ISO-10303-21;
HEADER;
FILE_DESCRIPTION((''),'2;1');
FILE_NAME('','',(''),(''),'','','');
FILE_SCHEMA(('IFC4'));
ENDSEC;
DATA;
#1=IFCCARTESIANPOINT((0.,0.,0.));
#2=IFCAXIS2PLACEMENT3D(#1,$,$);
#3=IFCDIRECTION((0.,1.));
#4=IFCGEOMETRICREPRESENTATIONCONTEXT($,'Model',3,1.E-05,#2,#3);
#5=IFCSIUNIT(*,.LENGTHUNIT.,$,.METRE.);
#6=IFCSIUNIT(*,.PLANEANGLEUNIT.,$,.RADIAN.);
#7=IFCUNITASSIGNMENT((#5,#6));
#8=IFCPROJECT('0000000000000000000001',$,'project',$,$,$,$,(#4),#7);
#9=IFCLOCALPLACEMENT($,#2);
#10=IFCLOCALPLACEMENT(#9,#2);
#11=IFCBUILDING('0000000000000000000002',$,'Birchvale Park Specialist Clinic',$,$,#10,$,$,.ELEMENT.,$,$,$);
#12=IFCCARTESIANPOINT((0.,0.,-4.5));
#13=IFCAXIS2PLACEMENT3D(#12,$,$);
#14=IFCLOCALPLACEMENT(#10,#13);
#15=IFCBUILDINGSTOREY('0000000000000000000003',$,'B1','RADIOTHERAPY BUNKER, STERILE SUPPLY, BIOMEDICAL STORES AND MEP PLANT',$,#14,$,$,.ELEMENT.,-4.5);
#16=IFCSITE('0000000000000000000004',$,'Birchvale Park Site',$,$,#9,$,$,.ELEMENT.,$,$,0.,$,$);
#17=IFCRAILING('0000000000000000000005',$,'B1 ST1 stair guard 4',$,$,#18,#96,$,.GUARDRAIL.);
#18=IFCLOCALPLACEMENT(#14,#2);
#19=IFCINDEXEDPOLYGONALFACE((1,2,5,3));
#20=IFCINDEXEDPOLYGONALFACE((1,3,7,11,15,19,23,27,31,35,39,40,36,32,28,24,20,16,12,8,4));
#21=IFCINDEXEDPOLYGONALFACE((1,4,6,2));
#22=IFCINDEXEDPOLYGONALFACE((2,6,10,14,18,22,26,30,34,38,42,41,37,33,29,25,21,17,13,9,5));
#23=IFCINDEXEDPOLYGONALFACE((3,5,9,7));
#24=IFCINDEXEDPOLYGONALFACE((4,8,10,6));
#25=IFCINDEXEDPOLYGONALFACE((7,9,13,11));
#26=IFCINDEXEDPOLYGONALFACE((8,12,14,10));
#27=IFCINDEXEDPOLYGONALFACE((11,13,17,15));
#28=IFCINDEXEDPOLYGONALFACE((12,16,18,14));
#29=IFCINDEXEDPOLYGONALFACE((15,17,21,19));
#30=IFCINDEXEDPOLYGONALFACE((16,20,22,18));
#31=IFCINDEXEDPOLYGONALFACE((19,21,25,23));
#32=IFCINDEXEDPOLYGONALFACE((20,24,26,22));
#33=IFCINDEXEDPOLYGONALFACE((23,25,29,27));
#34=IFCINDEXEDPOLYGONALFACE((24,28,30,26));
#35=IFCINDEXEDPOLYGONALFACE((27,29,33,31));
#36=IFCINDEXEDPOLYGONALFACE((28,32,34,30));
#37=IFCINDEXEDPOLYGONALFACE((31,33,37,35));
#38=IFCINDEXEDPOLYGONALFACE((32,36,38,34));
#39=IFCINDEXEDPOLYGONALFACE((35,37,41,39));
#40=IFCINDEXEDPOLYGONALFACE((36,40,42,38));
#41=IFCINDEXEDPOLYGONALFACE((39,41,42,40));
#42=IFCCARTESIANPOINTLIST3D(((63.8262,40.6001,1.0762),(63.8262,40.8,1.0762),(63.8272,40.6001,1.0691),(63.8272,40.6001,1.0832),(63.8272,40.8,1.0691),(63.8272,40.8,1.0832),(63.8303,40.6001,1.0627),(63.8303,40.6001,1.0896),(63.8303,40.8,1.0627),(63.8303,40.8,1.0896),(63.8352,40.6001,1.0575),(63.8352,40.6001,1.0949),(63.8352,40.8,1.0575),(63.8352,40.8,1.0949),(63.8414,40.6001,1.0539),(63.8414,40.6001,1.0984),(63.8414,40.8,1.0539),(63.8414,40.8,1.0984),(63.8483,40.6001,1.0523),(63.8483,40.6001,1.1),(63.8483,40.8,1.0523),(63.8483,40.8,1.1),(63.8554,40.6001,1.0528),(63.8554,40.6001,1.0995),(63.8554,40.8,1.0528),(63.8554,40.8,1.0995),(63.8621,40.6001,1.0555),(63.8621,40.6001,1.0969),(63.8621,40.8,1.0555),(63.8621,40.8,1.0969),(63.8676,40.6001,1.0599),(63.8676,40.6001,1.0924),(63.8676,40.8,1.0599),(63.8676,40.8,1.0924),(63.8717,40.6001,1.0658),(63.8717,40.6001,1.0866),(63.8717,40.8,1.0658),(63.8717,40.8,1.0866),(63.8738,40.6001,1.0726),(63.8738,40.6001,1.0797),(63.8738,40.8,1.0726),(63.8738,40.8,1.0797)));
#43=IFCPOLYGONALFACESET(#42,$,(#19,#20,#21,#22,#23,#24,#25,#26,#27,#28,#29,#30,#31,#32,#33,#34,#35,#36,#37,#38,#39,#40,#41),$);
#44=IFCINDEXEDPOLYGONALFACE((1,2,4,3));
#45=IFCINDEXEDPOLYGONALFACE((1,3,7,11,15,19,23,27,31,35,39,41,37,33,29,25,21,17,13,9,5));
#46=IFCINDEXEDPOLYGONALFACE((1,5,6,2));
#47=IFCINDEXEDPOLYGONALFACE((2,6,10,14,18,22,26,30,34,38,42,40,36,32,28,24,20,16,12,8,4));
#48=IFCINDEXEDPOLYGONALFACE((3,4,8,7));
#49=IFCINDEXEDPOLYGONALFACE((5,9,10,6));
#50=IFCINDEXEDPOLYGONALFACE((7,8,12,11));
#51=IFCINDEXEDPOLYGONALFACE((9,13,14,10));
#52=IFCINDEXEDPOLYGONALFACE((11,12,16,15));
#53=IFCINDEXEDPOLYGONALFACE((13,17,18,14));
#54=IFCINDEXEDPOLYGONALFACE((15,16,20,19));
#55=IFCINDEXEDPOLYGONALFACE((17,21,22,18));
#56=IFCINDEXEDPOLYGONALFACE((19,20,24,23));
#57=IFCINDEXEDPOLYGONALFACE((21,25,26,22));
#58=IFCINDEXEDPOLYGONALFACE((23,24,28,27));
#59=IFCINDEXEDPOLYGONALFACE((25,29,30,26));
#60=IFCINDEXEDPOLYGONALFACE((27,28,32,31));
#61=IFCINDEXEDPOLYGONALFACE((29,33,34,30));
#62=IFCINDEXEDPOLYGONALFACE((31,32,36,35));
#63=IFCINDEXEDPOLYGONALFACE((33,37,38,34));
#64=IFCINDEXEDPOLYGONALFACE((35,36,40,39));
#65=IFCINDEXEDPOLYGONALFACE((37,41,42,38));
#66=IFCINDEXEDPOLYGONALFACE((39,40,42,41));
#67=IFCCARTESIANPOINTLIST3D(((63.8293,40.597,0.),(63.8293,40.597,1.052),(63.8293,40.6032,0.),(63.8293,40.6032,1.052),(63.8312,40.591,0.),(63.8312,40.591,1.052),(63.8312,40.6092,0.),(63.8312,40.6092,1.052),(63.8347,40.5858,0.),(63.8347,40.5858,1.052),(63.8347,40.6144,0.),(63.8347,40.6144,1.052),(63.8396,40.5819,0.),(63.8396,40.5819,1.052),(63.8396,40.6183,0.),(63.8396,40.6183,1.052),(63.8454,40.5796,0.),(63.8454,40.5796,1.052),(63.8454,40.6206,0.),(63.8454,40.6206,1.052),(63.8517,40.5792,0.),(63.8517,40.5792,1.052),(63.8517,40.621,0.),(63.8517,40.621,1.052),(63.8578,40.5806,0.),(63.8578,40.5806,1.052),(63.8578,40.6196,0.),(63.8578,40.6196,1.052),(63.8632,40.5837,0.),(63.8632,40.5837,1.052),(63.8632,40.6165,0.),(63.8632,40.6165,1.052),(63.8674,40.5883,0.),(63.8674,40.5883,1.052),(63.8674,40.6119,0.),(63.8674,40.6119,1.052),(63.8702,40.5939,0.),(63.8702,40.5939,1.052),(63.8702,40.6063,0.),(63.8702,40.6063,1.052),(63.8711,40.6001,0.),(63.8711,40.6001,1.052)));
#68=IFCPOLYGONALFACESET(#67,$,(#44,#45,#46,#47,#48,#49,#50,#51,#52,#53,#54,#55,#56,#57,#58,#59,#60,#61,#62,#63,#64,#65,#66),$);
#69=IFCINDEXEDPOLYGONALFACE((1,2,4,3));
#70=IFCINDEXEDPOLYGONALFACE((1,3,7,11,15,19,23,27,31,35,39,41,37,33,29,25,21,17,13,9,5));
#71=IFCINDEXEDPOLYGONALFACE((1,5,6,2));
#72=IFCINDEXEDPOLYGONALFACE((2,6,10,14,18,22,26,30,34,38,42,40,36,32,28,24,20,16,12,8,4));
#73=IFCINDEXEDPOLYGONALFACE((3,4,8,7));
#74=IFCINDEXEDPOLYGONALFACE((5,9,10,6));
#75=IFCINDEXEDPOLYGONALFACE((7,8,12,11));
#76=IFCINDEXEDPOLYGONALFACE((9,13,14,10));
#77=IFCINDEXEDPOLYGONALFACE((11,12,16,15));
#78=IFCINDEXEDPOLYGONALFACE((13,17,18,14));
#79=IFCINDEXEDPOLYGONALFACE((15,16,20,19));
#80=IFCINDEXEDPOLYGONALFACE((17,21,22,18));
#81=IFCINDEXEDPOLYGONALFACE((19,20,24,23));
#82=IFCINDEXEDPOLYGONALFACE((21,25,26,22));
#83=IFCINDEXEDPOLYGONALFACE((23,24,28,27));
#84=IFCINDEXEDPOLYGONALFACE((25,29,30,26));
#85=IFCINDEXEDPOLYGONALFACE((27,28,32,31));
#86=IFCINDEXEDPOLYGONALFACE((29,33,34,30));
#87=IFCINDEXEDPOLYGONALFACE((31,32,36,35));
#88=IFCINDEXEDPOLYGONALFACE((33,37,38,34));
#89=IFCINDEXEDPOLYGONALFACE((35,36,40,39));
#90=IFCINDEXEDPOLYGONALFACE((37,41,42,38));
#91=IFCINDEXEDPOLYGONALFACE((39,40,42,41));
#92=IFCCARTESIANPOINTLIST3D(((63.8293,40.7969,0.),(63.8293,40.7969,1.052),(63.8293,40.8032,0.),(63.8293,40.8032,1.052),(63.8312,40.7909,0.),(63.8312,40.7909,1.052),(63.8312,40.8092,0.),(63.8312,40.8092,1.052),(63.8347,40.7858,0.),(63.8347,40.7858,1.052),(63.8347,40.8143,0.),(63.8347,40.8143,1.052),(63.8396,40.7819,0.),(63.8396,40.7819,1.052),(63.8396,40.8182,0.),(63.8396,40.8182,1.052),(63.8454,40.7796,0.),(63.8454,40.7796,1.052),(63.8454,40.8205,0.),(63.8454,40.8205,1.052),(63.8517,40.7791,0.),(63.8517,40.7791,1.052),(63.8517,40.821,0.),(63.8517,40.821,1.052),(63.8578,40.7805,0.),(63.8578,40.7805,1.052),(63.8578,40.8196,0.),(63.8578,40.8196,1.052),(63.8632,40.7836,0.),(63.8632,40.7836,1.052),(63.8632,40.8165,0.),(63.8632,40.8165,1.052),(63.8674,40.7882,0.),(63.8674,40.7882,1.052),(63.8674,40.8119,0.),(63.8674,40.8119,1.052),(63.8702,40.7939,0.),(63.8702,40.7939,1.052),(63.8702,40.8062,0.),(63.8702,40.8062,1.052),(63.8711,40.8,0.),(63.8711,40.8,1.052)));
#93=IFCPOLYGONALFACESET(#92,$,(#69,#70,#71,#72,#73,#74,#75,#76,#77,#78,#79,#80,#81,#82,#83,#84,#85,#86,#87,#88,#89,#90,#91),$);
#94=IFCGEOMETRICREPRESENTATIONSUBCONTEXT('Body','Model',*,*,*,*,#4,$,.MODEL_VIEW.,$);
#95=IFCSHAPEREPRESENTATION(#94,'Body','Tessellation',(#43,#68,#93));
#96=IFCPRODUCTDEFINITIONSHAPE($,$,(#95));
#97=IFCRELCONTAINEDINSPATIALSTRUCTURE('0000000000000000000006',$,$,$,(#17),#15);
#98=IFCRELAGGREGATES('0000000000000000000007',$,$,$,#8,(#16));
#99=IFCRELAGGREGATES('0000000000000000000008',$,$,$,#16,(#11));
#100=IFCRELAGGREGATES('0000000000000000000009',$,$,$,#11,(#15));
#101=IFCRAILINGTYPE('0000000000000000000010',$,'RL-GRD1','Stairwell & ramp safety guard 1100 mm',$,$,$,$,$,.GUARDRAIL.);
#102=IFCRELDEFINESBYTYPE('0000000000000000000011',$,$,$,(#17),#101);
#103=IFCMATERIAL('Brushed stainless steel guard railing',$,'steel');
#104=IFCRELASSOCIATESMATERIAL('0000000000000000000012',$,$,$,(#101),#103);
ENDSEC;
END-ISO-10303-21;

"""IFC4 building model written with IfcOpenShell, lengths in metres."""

from ifc_helpers import new_model, si_unit, direction, frame, origin, origin_2d, place, context, subcontext, project, spatial, circle, extrude, material, type_object, element, save


model = new_model("IFC4")

# Units and contexts
model_context = context("Model", 3, precision=1e-05, world=origin(), true_north=direction((0.0, 1.0)))
body_context = subcontext(model_context, "Body", "Model", "MODEL_VIEW")
ifc_project = project(units=[si_unit("LENGTHUNIT", "METRE"), si_unit("PLANEANGLEUNIT", "RADIAN")], contexts=[model_context])

# Site, building, storey
site_placement = place(None, origin())
site = spatial("IfcSite", under=ifc_project, at=site_placement, Name="Birchvale Park Site", CompositionType="ELEMENT", RefElevation=0.0)
building_placement = place(site_placement, origin())
building = spatial("IfcBuilding", under=site, at=building_placement, Name="Birchvale Park Specialist Clinic", CompositionType="ELEMENT")
storey_placement = place(building_placement, frame((0.0, 0.0, -4.5)))
storey = spatial("IfcBuildingStorey", under=building, at=storey_placement, Name="B1", Description="RADIOTHERAPY BUNKER, STERILE SUPPLY, BIOMEDICAL STORES AND MEP PLANT", CompositionType="ELEMENT", Elevation=-4.5)

# Railing
ifc_material_1 = material(Name="Brushed stainless steel guard railing", Category="steel")
railing_type_1 = type_object("IfcRailingType", Name="RL-GRD1", Description="Stairwell & ramp safety guard 1100 mm", PredefinedType="GUARDRAIL", material=ifc_material_1)
railing_1_placement = place(storey_placement, frame((63.8501, 40.6001, 0.0)))
element("IfcRailing", 1, at=railing_1_placement, inside=storey, type_object=railing_type_1, Name="B1 ST1 stair guard 4", PredefinedType="GUARDRAIL", context=body_context, shape_type="SweptSolid", body=[
    extrude(circle(Radius=0.0239, at=origin_2d()), frame((0.0, 0.0, 1.0762), z_axis=(0.0, 1.0, 0.0), x_axis=(-1.0, 0.0, 0.0)), (0.0, 0.0, 1.0), 0.2),
    extrude(circle(Radius=0.021, at=origin_2d()), origin(), (0.0, 0.0, 1.0), 1.052),
    extrude(circle(Radius=0.021, at=origin_2d()), frame((0.0, 0.2, 0.0)), (0.0, 0.0, 1.0), 1.052),
])

save(model, "model.ifc")
